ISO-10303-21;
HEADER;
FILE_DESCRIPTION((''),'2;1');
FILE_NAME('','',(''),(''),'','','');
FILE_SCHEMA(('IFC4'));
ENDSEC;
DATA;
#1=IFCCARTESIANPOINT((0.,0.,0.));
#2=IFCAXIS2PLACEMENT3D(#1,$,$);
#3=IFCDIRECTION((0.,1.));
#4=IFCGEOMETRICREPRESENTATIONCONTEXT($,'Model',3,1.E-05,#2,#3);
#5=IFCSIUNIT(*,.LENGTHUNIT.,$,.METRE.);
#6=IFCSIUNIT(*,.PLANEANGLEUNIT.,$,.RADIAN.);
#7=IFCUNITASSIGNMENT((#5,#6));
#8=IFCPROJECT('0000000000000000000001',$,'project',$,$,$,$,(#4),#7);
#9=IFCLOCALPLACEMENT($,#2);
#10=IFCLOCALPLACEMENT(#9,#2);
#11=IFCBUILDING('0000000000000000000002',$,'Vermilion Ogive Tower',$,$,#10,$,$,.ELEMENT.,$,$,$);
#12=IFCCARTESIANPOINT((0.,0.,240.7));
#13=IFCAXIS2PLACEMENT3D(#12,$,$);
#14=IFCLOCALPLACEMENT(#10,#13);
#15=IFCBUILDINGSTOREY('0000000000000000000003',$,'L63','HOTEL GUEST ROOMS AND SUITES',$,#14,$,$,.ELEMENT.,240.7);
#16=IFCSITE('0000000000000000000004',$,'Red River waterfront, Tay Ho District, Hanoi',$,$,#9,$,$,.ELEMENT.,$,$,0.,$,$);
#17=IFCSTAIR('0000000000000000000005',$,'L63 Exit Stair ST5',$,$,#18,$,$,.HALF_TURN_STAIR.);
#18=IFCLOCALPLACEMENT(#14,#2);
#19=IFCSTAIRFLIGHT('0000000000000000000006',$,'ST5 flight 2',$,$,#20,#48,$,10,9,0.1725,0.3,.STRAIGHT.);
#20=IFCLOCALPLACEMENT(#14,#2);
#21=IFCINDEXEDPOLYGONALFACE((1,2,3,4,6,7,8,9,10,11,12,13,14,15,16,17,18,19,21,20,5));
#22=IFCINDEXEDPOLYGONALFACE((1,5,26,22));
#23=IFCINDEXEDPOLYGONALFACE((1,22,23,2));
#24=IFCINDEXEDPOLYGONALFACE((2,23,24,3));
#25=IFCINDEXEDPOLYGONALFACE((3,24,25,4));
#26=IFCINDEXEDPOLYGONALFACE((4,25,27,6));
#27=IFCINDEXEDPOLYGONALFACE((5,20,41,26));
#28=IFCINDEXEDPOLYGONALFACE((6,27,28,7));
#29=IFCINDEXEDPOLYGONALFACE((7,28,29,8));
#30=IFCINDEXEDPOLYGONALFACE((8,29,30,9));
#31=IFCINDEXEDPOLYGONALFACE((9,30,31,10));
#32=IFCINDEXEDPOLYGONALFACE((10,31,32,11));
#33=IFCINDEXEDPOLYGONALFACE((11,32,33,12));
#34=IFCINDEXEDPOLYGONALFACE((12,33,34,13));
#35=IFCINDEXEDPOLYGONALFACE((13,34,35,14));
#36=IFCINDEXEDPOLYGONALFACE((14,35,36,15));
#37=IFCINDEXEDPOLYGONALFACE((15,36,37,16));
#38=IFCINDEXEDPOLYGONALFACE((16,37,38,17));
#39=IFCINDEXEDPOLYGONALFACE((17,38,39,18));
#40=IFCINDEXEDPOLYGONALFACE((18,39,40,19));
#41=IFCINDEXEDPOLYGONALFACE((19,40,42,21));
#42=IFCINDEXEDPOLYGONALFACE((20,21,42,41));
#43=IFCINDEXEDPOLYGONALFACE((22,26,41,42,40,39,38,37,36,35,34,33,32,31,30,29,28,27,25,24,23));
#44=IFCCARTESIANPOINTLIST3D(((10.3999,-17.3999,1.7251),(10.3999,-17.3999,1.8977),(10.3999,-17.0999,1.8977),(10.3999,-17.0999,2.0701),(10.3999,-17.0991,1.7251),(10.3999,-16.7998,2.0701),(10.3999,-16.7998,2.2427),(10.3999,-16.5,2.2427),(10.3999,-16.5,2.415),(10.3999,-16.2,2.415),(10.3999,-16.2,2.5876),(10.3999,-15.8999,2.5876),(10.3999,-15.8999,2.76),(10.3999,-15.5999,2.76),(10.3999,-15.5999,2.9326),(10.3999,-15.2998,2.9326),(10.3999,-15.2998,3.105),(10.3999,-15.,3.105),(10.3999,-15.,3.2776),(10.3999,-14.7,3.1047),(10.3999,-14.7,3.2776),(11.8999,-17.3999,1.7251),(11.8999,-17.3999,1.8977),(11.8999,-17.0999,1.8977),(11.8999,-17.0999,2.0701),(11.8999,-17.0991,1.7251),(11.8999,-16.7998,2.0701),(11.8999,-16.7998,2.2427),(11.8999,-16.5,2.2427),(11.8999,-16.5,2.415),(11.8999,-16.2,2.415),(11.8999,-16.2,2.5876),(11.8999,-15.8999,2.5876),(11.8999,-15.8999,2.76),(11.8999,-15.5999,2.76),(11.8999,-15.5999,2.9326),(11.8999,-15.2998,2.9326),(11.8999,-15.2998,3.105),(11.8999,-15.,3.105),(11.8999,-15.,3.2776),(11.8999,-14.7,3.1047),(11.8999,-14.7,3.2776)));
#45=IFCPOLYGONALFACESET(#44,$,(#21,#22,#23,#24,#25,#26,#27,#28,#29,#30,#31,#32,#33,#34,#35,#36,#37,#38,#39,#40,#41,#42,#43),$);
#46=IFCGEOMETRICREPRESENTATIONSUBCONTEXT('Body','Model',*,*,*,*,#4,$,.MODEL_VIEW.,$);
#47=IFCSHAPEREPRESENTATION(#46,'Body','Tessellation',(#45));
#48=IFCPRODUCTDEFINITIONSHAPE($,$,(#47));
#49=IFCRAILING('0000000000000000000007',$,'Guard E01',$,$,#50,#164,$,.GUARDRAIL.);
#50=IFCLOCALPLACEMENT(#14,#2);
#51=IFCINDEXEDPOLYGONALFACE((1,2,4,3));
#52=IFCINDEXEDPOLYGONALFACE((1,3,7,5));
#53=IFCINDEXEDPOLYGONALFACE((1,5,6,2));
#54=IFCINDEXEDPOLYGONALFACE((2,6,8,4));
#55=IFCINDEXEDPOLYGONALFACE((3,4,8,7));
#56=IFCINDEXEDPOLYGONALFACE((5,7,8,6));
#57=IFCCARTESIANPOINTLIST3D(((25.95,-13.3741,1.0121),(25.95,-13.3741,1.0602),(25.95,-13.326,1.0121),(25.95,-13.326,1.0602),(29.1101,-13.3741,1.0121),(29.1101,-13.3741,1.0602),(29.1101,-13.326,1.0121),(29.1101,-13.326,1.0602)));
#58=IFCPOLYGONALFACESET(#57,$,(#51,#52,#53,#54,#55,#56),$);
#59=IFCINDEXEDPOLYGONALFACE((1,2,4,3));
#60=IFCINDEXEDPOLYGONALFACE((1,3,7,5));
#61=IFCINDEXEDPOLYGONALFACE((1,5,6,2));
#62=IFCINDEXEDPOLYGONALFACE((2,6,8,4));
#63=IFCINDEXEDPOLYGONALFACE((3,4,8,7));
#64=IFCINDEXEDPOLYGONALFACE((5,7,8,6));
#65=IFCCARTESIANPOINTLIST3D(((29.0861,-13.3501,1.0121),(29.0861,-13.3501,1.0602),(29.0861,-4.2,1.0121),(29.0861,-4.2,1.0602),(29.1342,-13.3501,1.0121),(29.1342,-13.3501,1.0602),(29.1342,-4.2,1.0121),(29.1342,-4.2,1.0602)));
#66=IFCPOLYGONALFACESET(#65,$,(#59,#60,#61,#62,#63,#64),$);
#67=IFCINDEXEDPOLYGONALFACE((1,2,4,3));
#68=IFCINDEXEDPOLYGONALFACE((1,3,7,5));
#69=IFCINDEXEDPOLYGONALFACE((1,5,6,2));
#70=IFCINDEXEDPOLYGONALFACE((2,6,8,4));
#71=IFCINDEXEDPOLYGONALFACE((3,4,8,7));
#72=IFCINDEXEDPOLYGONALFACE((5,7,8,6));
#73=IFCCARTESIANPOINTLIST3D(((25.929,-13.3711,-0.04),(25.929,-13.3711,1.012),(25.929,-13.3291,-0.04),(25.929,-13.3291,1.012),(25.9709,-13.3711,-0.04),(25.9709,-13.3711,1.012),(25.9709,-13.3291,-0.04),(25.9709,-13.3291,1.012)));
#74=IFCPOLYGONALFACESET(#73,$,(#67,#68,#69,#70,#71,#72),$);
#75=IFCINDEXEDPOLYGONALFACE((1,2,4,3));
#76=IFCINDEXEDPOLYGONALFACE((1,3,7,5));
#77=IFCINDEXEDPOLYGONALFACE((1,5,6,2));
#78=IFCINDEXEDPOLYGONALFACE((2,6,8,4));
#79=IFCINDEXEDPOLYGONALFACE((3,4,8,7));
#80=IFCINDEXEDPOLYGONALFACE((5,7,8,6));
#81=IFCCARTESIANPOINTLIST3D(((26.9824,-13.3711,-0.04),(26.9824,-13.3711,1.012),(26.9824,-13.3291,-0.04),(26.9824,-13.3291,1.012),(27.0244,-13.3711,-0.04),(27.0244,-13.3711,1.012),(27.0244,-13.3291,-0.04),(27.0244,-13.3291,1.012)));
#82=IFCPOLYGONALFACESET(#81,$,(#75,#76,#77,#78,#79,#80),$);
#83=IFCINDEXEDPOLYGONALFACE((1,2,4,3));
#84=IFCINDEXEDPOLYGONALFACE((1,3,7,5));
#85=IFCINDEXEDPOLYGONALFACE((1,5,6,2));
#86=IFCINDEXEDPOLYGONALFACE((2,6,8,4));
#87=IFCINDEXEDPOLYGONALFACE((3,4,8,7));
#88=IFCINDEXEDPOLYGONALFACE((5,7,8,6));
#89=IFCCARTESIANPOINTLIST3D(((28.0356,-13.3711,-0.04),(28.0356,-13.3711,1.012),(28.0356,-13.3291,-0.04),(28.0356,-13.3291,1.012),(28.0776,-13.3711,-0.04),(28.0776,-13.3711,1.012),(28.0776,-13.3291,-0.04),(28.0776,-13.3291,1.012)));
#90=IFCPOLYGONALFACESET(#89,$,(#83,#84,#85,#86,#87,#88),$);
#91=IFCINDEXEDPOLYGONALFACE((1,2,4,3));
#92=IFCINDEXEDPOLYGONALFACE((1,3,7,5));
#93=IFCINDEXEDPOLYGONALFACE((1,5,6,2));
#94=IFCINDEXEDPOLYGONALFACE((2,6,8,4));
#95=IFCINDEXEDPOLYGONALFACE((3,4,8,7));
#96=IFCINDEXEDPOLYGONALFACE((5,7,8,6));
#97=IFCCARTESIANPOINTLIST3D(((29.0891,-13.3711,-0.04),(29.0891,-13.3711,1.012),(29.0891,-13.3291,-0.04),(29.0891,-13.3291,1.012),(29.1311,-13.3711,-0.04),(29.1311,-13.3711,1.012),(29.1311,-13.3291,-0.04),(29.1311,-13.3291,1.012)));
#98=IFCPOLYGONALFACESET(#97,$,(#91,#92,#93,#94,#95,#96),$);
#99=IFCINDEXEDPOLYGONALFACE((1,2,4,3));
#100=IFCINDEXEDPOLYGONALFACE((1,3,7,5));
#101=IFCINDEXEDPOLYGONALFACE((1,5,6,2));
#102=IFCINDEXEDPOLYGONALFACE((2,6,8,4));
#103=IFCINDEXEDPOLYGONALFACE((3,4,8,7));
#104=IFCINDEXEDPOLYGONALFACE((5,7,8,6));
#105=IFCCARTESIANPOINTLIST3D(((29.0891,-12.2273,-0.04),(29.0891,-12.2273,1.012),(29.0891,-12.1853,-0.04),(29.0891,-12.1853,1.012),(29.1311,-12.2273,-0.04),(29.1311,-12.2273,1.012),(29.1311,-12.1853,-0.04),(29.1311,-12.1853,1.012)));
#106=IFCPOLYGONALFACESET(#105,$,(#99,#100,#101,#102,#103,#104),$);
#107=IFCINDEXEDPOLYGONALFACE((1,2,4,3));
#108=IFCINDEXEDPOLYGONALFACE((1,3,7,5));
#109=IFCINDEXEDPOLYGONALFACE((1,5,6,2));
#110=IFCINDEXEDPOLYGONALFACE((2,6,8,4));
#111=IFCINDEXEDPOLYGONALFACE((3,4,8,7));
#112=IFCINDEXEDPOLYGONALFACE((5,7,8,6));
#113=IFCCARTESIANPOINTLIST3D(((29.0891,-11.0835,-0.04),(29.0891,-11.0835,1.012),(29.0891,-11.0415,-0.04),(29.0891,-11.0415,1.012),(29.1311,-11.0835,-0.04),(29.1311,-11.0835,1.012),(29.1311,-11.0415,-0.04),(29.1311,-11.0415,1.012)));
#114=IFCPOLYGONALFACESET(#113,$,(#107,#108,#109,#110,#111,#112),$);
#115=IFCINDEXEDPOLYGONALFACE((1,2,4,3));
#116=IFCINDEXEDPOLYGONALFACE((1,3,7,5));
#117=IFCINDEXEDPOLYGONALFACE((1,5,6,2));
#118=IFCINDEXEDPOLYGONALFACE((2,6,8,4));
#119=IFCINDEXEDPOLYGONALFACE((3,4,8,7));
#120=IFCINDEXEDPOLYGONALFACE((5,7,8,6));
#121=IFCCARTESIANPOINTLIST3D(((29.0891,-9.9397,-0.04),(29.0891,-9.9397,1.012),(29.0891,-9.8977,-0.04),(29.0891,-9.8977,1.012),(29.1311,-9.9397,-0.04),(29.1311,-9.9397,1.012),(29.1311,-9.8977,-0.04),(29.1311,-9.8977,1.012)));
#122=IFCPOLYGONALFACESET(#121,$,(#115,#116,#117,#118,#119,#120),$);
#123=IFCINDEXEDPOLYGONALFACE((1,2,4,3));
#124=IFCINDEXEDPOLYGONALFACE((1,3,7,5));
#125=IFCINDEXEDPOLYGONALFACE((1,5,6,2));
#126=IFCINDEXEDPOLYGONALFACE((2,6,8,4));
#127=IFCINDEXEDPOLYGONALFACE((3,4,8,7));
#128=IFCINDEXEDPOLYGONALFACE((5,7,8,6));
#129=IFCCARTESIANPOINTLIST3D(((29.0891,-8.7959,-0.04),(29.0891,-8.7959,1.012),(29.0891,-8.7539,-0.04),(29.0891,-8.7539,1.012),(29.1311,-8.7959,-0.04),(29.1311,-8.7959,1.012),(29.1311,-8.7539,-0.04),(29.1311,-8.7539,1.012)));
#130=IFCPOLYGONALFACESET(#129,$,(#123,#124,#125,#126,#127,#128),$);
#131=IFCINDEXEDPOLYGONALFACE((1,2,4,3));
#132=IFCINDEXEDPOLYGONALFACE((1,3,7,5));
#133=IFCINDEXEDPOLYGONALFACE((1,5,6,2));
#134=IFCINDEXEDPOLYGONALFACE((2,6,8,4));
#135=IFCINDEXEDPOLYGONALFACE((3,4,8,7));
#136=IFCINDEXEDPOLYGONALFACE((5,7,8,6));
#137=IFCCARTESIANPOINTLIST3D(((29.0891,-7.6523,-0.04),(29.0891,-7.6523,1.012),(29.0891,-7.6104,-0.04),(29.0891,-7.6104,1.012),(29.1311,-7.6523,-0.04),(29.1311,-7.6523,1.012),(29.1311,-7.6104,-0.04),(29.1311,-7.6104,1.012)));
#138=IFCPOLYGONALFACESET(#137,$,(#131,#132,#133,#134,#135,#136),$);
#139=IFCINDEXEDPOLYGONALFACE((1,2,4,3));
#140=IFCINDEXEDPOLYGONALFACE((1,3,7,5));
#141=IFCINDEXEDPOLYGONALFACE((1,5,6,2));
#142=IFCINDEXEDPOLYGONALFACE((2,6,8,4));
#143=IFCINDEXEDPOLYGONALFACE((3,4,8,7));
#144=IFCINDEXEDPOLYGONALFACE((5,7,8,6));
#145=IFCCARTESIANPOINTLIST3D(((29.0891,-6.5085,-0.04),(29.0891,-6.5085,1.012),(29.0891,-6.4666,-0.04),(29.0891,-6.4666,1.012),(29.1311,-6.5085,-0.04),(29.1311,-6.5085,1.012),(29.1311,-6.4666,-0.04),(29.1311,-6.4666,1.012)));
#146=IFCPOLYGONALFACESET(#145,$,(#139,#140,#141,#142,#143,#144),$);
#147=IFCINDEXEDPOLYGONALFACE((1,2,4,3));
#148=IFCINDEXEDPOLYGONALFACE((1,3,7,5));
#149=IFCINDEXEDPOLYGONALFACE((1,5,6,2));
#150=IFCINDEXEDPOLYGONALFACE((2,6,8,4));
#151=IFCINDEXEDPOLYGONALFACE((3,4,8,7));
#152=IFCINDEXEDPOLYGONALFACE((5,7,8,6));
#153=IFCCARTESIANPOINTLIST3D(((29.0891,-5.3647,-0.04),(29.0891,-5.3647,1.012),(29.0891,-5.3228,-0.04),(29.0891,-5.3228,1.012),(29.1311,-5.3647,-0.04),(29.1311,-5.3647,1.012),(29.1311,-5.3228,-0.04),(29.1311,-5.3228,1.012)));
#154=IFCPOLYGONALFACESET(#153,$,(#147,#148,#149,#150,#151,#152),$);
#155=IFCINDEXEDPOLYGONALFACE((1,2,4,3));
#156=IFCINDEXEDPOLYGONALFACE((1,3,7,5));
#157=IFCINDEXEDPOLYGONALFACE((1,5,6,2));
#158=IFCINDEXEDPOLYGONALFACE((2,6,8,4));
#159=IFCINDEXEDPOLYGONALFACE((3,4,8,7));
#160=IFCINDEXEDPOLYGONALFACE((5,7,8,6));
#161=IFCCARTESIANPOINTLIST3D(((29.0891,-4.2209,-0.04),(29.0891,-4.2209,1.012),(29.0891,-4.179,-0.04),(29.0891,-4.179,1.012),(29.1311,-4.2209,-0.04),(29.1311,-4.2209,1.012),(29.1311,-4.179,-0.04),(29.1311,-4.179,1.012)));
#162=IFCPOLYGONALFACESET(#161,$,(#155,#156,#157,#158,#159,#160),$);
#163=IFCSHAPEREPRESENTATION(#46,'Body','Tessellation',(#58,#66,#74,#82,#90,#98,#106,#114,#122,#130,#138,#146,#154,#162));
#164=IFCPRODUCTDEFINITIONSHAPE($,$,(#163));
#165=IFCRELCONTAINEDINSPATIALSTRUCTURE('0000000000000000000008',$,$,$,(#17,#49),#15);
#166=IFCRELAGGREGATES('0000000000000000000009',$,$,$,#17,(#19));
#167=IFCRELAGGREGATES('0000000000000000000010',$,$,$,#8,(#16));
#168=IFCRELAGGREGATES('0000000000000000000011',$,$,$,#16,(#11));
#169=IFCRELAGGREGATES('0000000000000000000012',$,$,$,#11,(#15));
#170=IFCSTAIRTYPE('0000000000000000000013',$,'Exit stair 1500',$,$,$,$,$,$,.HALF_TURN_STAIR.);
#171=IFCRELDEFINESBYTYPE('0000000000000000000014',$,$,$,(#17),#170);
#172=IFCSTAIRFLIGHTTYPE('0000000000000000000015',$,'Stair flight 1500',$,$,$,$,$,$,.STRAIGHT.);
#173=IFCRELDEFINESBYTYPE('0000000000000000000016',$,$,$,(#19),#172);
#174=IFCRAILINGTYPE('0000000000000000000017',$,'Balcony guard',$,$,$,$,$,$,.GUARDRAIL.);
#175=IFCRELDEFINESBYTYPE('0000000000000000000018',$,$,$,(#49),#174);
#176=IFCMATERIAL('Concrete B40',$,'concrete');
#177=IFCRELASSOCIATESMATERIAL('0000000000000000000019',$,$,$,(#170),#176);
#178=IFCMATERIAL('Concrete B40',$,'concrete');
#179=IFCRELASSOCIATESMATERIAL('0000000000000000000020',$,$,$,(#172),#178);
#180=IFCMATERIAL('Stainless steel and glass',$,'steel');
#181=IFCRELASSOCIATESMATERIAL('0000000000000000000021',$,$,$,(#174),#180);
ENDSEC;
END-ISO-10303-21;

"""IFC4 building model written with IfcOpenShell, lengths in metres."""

from ifc_helpers import new_model, si_unit, direction, frame, origin, origin_2d, place, context, subcontext, project, spatial, polyline, rectangle, outline, extrude, material, type_object, element, aggregate, save


model = new_model("IFC4")

# Units and contexts
model_context = context("Model", 3, precision=1e-05, world=origin(), true_north=direction((0.0, 1.0)))
body_context = subcontext(model_context, "Body", "Model", "MODEL_VIEW")
ifc_project = project(units=[si_unit("LENGTHUNIT", "METRE"), si_unit("PLANEANGLEUNIT", "RADIAN")], contexts=[model_context])

# Site, building, storey
site_placement = place(None, origin())
site = spatial("IfcSite", under=ifc_project, at=site_placement, Name="Red River waterfront, Tay Ho District, Hanoi", CompositionType="ELEMENT", RefElevation=0.0)
building_placement = place(site_placement, origin())
building = spatial("IfcBuilding", under=site, at=building_placement, Name="Vermilion Ogive Tower", CompositionType="ELEMENT")
storey_placement = place(building_placement, frame((0.0, 0.0, 240.7)))
storey = spatial("IfcBuildingStorey", under=building, at=storey_placement, Name="L63", Description="HOTEL GUEST ROOMS AND SUITES", CompositionType="ELEMENT", Elevation=240.7)

# Stair, stair flight
ifc_material_1 = material(Name="Concrete B40", Category="concrete")
stair_type = type_object("IfcStairType", Name="Exit stair 1500", PredefinedType="HALF_TURN_STAIR", material=ifc_material_1)
stair_placement = place(storey_placement, origin())
stair = element("IfcStair", 1, at=stair_placement, inside=storey, type_object=stair_type, Name="L63 Exit Stair ST5", PredefinedType="HALF_TURN_STAIR")
ifc_material_2 = material(Name="Concrete B40", Category="concrete")
stair_flight_type = type_object("IfcStairFlightType", Name="Stair flight 1500", PredefinedType="STRAIGHT", material=ifc_material_2)
stair_flight_1_placement = place(storey_placement, frame((11.1499, -17.3999, 1.7251), z_axis=(0.0, 0.0, 1.0), x_axis=(0.0, 1.0, 0.0)))
stair_flight_1 = element("IfcStairFlight", 2, at=stair_flight_1_placement, type_object=stair_flight_type, Name="ST5 flight 2", NumberOfRisers=10, NumberOfTreads=9, PredefinedType="STRAIGHT", RiserHeight=0.1725, TreadLength=0.3, context=body_context, shape_type="SweptSolid", body=[
    extrude(outline(polyline([(0.0, 0.0), (0.0, 0.1726), (0.3, 0.1726), (0.3, 0.345), (0.6001, 0.345), (0.6001, 0.5176), (0.8999, 0.5176), (0.8999, 0.6899), (1.2, 0.6899), (1.2, 0.8625), (1.5, 0.8625), (1.5, 1.0349), (1.8, 1.0349), (1.8, 1.2075), (2.1001, 1.2075), (2.1001, 1.3799), (2.3999, 1.3799), (2.3999, 1.5525), (2.7, 1.5525), (2.7, 1.7251), (2.7, 1.3796), (0.3008, 0.0), (0.0, 0.0)])), frame((0.0, 0.75, 0.0), z_axis=(0.0, -1.0, 0.0), x_axis=(1.0, 0.0, 0.0)), (0.0, 0.0, 1.0), 1.5),
])
aggregate(stair, [stair_flight_1])

# Railing
ifc_material_3 = material(Name="Stainless steel and glass", Category="steel")
railing_type_1 = type_object("IfcRailingType", Name="Balcony guard", PredefinedType="GUARDRAIL", material=ifc_material_3)
railing_1_placement = place(storey_placement, frame((25.95, -13.3501, -0.04)))
element("IfcRailing", 3, at=railing_1_placement, inside=storey, type_object=railing_type_1, Name="Guard E01", PredefinedType="GUARDRAIL", context=body_context, shape_type="SweptSolid", body=[
    extrude(rectangle(XDim=0.0481, YDim=0.0481, at=origin_2d()), frame((0.0, 0.0, 1.0762), z_axis=(1.0, 0.0, 0.0), x_axis=(0.0, 1.0, 0.0)), (0.0, 0.0, 1.0), 3.1602),
    extrude(rectangle(XDim=0.0481, YDim=0.0481, at=origin_2d()), frame((3.1602, 0.0, 1.0762), z_axis=(0.0, 1.0, 0.0), x_axis=(-1.0, 0.0, 0.0)), (0.0, 0.0, 1.0), 9.1501),
    extrude(rectangle(XDim=0.042, YDim=0.042, at=origin_2d()), origin(), (0.0, 0.0, 1.0), 1.052),
    extrude(rectangle(XDim=0.042, YDim=0.042, at=origin_2d()), frame((1.0535, 0.0, 0.0)), (0.0, 0.0, 1.0), 1.052),
    extrude(rectangle(XDim=0.042, YDim=0.042, at=origin_2d()), frame((2.1067, 0.0, 0.0)), (0.0, 0.0, 1.0), 1.052),
    extrude(rectangle(XDim=0.042, YDim=0.042, at=origin_2d()), frame((3.1602, 0.0, 0.0)), (0.0, 0.0, 1.0), 1.052),
    extrude(rectangle(XDim=0.042, YDim=0.042, at=origin_2d()), frame((3.1602, 1.1438, 0.0)), (0.0, 0.0, 1.0), 1.052),
    extrude(rectangle(XDim=0.042, YDim=0.042, at=origin_2d()), frame((3.1602, 2.2876, 0.0)), (0.0, 0.0, 1.0), 1.052),
    extrude(rectangle(XDim=0.042, YDim=0.042, at=origin_2d()), frame((3.1602, 3.4314, 0.0)), (0.0, 0.0, 1.0), 1.052),
    extrude(rectangle(XDim=0.042, YDim=0.042, at=origin_2d()), frame((3.1602, 4.5752, 0.0)), (0.0, 0.0, 1.0), 1.052),
    extrude(rectangle(XDim=0.042, YDim=0.042, at=origin_2d()), frame((3.1602, 5.7188, 0.0)), (0.0, 0.0, 1.0), 1.052),
    extrude(rectangle(XDim=0.042, YDim=0.042, at=origin_2d()), frame((3.1602, 6.8625, 0.0)), (0.0, 0.0, 1.0), 1.052),
    extrude(rectangle(XDim=0.042, YDim=0.042, at=origin_2d()), frame((3.1602, 8.0063, 0.0)), (0.0, 0.0, 1.0), 1.052),
    extrude(rectangle(XDim=0.042, YDim=0.042, at=origin_2d()), frame((3.1602, 9.1501, 0.0)), (0.0, 0.0, 1.0), 1.052),
])

save(model, "model.ifc")
